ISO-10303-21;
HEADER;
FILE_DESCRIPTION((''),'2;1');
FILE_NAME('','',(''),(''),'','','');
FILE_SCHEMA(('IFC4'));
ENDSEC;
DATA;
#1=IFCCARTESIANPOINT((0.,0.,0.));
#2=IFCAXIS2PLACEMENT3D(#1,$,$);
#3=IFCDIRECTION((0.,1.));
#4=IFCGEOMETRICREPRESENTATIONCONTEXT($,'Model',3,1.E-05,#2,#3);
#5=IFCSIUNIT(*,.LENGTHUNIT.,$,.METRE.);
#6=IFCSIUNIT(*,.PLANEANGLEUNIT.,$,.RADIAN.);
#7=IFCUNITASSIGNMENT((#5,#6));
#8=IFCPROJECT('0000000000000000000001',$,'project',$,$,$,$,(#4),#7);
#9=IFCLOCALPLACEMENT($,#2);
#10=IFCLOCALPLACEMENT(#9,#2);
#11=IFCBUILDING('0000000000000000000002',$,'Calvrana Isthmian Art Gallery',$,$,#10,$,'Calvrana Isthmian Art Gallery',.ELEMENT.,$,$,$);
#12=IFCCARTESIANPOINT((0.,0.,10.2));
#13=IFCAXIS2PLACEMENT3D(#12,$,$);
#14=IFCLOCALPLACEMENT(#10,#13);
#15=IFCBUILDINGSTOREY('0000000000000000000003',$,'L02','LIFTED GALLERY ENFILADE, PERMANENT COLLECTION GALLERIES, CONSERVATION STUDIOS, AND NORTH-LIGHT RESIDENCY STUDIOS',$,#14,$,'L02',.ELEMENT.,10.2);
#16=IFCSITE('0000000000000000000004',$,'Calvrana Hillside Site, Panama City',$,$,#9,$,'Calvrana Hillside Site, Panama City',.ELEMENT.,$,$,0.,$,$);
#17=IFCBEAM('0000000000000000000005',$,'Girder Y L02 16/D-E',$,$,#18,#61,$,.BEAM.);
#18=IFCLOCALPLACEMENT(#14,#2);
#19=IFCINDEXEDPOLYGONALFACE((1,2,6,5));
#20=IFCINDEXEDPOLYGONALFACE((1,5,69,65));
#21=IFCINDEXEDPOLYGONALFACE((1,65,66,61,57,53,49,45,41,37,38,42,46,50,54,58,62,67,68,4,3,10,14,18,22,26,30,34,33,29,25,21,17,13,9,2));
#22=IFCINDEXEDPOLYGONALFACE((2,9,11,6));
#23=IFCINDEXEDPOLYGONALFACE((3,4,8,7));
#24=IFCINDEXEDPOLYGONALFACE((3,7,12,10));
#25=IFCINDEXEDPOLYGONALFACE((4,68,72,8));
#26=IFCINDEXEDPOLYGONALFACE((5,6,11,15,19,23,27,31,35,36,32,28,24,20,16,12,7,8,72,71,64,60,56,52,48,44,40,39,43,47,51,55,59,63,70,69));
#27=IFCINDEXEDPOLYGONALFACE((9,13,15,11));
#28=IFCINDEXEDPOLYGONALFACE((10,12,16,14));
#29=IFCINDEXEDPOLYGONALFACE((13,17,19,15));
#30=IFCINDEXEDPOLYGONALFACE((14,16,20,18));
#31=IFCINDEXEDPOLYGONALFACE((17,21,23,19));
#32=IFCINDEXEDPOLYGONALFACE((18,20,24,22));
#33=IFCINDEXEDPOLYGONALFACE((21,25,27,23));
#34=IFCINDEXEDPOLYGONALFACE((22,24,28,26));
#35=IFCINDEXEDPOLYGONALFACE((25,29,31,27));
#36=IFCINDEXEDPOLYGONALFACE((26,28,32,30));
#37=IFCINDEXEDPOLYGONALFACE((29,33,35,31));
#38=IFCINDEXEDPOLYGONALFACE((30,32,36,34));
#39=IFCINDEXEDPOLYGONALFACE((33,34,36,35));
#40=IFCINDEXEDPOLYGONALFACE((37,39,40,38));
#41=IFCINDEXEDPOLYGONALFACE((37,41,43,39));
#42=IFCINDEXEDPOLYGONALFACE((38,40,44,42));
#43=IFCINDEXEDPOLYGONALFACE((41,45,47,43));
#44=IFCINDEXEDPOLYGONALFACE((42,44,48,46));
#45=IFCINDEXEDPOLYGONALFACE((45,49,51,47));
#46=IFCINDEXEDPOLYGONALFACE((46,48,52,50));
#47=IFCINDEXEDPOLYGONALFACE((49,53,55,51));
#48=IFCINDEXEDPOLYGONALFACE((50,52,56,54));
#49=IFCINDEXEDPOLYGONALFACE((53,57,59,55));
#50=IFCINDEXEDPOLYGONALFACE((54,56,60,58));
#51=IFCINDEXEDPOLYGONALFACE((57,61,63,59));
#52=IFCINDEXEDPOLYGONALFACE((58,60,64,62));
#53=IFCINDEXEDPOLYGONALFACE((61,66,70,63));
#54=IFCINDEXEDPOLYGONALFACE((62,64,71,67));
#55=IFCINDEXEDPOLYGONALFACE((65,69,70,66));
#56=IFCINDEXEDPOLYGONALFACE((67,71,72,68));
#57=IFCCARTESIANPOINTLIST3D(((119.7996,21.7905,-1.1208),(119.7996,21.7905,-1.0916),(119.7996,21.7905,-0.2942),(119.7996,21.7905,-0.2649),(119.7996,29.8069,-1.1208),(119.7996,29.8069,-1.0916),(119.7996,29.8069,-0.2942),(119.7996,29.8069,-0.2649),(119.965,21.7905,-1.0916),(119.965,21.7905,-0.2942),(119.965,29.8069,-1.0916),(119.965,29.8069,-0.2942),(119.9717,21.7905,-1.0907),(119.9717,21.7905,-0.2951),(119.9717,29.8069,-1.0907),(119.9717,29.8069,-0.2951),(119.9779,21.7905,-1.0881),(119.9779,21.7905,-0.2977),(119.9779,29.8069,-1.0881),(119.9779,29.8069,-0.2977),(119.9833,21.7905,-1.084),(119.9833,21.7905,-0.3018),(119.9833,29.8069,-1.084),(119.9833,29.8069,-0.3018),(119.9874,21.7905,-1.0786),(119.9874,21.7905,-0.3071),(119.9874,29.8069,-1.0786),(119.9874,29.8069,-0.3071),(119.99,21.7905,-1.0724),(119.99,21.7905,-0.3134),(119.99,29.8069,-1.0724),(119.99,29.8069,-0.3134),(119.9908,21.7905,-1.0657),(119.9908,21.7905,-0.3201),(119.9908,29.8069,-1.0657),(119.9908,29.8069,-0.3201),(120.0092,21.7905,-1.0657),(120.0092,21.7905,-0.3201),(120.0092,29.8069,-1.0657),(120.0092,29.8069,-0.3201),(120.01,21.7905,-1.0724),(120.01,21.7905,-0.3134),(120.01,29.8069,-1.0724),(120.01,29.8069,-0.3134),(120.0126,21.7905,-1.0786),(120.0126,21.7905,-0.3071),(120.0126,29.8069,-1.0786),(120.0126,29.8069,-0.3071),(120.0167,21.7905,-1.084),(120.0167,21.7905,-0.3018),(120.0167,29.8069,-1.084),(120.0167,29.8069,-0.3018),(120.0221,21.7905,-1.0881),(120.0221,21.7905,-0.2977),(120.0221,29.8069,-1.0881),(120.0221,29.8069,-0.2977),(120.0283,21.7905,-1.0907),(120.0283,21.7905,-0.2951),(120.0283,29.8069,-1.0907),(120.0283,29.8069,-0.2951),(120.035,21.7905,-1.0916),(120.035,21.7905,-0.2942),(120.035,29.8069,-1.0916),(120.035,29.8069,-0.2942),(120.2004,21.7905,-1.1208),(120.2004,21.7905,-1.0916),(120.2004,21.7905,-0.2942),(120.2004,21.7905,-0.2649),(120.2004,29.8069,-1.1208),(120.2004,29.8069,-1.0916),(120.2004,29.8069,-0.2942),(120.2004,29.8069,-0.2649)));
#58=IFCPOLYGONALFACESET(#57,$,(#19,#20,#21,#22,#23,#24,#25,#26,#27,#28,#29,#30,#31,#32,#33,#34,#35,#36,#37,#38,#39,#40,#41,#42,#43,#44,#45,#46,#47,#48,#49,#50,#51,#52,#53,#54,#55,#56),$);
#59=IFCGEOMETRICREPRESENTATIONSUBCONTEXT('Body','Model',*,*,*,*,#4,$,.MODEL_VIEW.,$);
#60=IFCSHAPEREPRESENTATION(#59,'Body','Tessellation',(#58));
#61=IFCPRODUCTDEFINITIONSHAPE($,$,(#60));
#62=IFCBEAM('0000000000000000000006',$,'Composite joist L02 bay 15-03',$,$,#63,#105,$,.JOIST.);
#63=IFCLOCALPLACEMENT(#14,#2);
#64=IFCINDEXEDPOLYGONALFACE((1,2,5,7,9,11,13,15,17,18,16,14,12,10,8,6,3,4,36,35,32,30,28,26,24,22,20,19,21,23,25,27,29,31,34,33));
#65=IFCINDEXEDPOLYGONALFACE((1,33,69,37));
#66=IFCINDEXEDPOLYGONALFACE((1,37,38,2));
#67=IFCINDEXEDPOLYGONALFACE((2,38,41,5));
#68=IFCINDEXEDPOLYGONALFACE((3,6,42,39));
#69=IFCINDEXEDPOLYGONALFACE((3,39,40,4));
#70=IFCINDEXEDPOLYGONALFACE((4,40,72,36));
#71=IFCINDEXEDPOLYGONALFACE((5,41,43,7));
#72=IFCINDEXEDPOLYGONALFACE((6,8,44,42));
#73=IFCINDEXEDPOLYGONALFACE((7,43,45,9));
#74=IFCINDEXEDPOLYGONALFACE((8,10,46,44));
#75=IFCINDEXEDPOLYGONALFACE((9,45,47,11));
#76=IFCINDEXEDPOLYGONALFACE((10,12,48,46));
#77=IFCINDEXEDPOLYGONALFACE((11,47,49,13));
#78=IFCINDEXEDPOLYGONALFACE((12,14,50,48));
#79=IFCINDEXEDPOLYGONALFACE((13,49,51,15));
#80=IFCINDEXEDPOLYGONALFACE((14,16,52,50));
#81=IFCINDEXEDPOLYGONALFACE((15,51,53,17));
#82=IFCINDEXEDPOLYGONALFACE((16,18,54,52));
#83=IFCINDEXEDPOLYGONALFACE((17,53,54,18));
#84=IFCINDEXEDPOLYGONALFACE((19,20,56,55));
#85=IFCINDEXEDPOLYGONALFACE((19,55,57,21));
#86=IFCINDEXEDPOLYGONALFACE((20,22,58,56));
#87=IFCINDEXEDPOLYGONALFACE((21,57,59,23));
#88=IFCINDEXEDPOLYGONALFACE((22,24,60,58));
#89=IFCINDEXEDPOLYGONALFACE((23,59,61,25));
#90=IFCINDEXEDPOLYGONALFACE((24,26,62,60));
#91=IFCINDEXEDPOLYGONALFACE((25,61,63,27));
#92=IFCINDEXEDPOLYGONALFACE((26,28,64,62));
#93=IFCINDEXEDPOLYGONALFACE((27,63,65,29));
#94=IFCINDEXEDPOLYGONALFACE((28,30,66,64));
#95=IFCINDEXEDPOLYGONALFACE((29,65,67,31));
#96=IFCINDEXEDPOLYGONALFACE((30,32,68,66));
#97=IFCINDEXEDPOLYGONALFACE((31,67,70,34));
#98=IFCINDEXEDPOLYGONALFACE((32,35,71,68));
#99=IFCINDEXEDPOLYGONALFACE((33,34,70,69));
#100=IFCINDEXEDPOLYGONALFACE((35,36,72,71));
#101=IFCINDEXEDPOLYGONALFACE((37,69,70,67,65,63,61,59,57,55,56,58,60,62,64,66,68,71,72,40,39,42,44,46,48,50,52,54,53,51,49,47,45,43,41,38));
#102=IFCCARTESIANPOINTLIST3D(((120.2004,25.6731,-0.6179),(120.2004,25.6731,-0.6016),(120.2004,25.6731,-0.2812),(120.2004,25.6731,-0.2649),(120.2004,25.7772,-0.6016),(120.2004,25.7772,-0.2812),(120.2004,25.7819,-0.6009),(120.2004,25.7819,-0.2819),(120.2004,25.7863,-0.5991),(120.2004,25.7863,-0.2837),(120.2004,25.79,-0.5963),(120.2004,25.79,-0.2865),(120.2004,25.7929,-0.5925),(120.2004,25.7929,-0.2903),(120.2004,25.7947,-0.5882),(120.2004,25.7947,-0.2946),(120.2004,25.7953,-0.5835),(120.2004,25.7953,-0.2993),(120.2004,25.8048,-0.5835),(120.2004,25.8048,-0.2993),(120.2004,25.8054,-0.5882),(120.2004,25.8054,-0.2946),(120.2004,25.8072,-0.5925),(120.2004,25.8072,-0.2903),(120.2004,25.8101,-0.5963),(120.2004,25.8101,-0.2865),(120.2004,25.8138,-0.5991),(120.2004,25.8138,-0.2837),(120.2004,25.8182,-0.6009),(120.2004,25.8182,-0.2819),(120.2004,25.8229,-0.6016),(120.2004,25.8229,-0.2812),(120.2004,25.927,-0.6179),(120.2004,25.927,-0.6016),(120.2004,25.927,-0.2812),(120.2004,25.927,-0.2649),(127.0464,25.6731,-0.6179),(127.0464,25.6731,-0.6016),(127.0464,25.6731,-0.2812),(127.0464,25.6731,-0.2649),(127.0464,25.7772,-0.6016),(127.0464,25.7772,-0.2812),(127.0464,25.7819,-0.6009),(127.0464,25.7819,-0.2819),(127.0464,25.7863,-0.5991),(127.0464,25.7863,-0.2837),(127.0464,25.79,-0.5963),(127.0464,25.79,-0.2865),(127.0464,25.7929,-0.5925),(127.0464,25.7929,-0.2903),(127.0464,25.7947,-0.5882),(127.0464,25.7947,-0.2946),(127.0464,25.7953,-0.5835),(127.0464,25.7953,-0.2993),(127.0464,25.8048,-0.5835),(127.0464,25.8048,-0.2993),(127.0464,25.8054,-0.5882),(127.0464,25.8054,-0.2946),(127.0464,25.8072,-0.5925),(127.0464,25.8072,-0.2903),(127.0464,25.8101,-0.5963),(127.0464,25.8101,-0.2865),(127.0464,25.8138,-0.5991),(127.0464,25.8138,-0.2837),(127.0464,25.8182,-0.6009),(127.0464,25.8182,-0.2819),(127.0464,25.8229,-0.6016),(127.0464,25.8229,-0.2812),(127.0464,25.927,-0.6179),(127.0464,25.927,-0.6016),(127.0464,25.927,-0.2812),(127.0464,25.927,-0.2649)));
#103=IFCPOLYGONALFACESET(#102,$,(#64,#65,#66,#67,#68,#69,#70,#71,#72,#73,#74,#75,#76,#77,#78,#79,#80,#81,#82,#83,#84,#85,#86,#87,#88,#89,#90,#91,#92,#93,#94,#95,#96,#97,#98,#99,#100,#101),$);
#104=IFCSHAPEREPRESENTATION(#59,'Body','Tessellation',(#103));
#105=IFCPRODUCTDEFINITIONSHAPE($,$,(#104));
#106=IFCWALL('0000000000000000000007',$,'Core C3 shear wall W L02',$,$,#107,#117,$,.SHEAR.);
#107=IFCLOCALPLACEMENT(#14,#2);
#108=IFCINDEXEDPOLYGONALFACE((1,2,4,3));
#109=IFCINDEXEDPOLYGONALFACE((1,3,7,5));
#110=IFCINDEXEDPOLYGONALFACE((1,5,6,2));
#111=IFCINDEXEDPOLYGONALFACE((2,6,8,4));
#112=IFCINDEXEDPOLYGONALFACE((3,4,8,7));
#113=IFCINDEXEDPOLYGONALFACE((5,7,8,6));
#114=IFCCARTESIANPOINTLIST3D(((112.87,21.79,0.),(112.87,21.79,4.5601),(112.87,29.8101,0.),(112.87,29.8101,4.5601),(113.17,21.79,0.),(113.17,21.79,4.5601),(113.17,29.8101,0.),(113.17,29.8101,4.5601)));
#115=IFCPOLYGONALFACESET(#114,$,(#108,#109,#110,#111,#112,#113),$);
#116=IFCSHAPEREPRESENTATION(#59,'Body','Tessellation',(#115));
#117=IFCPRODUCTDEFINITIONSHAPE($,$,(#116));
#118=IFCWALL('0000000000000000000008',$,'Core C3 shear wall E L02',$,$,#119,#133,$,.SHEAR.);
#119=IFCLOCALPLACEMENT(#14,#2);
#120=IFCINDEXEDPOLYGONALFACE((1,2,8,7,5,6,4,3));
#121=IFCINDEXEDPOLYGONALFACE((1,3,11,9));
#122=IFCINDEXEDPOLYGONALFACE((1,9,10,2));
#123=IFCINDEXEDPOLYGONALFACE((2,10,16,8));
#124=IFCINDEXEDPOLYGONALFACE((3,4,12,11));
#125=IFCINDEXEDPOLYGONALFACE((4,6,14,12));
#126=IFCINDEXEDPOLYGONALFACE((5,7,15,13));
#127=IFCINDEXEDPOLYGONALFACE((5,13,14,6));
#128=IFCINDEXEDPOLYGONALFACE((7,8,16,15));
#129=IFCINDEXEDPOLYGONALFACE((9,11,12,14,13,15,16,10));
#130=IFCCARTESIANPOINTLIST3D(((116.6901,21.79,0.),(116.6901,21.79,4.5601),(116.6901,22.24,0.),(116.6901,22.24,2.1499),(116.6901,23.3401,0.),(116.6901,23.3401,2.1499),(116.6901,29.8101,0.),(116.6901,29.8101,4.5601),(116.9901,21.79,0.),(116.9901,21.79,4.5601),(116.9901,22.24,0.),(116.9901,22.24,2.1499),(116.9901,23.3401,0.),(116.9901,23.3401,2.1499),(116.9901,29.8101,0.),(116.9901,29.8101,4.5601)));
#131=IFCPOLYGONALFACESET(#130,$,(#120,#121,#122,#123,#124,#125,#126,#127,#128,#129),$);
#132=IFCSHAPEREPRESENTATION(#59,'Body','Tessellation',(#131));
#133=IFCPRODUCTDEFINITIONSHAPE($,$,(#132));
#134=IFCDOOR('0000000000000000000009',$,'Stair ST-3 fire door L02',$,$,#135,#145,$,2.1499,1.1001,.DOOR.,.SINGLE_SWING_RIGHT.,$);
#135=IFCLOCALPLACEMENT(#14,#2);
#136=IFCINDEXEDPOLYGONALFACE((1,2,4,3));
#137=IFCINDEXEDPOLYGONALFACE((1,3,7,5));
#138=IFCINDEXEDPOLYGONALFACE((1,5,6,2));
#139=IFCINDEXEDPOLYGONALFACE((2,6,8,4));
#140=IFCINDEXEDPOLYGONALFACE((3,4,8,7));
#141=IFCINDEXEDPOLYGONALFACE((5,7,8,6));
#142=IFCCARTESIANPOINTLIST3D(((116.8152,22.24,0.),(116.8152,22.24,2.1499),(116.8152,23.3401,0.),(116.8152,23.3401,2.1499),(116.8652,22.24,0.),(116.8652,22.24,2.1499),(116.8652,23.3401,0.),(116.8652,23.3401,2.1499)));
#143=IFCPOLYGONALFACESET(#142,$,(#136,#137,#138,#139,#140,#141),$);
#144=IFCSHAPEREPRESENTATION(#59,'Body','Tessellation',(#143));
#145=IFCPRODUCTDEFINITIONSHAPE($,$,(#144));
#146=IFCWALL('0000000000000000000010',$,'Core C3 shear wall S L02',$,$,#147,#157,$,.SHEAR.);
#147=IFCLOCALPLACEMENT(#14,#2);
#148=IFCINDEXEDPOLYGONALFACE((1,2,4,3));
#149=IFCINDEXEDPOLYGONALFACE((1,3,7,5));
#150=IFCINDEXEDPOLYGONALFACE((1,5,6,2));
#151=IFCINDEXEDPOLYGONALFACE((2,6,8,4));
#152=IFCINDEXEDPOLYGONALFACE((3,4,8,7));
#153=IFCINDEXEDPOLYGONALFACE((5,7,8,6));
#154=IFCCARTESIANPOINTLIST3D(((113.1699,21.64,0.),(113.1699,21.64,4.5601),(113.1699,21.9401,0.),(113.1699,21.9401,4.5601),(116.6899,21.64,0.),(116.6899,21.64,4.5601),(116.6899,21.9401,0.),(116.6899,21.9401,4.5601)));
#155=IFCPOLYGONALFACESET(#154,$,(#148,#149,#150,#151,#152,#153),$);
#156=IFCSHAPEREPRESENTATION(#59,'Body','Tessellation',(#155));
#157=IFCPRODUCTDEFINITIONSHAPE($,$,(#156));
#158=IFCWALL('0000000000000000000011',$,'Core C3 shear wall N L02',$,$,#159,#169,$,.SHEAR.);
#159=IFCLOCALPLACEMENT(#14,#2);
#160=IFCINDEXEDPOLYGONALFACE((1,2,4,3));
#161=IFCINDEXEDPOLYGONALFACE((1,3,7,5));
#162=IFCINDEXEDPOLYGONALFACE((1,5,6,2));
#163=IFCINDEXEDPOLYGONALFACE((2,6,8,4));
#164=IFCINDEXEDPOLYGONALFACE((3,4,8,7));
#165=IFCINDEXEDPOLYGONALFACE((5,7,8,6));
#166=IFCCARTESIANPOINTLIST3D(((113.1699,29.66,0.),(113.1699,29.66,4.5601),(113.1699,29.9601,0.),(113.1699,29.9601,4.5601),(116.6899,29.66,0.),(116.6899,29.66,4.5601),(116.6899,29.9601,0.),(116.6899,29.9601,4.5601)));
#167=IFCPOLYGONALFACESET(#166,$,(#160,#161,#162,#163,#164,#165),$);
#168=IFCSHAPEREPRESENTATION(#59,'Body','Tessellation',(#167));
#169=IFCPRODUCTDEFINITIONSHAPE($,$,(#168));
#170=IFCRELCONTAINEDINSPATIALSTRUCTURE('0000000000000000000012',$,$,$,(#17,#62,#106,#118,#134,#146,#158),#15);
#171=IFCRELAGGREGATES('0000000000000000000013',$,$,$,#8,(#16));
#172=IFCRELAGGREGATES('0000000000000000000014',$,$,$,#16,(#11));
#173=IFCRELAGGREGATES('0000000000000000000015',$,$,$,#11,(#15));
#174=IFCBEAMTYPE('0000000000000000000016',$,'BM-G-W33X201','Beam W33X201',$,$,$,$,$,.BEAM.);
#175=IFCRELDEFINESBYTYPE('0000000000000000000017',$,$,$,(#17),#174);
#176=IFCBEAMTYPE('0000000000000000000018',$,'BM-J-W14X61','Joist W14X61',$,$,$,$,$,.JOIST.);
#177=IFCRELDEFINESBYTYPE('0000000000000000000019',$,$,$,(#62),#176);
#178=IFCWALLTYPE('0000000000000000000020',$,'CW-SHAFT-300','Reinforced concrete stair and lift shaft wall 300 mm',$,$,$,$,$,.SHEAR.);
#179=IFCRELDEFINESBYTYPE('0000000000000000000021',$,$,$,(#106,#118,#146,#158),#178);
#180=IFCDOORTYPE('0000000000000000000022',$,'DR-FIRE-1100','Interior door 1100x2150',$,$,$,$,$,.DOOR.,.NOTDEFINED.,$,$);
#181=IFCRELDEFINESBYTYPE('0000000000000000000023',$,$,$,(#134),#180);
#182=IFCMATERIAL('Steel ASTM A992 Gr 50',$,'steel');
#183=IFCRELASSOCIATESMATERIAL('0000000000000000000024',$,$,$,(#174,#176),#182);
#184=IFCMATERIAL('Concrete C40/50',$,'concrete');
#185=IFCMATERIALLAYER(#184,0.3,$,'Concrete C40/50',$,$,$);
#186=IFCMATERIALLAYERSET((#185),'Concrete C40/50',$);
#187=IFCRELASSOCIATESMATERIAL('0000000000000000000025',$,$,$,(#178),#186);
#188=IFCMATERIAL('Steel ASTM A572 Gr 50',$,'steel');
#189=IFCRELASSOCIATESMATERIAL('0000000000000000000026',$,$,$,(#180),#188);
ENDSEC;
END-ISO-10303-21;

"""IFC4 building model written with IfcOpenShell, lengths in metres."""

from ifc_helpers import new_model, si_unit, direction, frame, frame_2d, origin, origin_2d, place, context, subcontext, project, spatial, rectangle, i_section, extrude, material, layer, layer_set, material_profile, profile_set, type_object, element, fill, save


model = new_model("IFC4")

# Units and contexts
model_context = context("Model", 3, precision=1e-05, world=origin(), true_north=direction((0.0, 1.0)))
body_context = subcontext(model_context, "Body", "Model", "MODEL_VIEW")
ifc_project = project(units=[si_unit("LENGTHUNIT", "METRE"), si_unit("PLANEANGLEUNIT", "RADIAN")], contexts=[model_context])

# Site, building, storey
site_placement = place(None, origin())
site = spatial("IfcSite", under=ifc_project, at=site_placement, Name="Calvrana Hillside Site, Panama City", LongName="Calvrana Hillside Site, Panama City", CompositionType="ELEMENT", RefElevation=0.0)
building_placement = place(site_placement, origin())
building = spatial("IfcBuilding", under=site, at=building_placement, Name="Calvrana Isthmian Art Gallery", LongName="Calvrana Isthmian Art Gallery", CompositionType="ELEMENT")
storey_placement = place(building_placement, frame((0.0, 0.0, 10.2)))
storey = spatial("IfcBuildingStorey", under=building, at=storey_placement, Name="L02", Description="LIFTED GALLERY ENFILADE, PERMANENT COLLECTION GALLERIES, CONSERVATION STUDIOS, AND NORTH-LIGHT RESIDENCY STUDIOS", LongName="L02", CompositionType="ELEMENT", Elevation=10.2)

# Shared definitions
ifc_material_1 = material(Name="Steel ASTM A992 Gr 50", Category="steel")

# Beams
ifc_material_profile_1 = material_profile(ifc_material_1, i_section(OverallWidth=0.4009, OverallDepth=0.856, WebThickness=0.0183, FlangeThickness=0.0293, FilletRadius=0.0259, at=origin_2d()), Name="W33X201")
ifc_profile_set_1 = profile_set([ifc_material_profile_1], Name="Steel ASTM A992 Gr 50")
beam_type_1 = type_object("IfcBeamType", Name="BM-G-W33X201", Description="Beam W33X201", PredefinedType="BEAM", material=ifc_profile_set_1)
beam_1_placement = place(storey_placement, frame((120.0, 21.7905, -0.6929), z_axis=(0.0, 1.0, 0.0), x_axis=(-1.0, 0.0, 0.0)))
element("IfcBeam", 1, at=beam_1_placement, inside=storey, type_object=beam_type_1, Name="Girder Y L02 16/D-E", PredefinedType="BEAM", context=body_context, shape_type="SweptSolid", body=[
    extrude(i_section(OverallWidth=0.4009, OverallDepth=0.856, WebThickness=0.0183, FlangeThickness=0.0293, FilletRadius=0.0259, at=origin_2d()), origin(), (0.0, 0.0, 1.0), 8.0164),
])
ifc_material_profile_2 = material_profile(ifc_material_1, i_section(OverallWidth=0.2539, OverallDepth=0.353, WebThickness=0.0095, FlangeThickness=0.0164, FilletRadius=0.0181, at=origin_2d()), Name="W14X61")
ifc_profile_set_2 = profile_set([ifc_material_profile_2], Name="Steel ASTM A992 Gr 50")
beam_type_2 = type_object("IfcBeamType", Name="BM-J-W14X61", Description="Joist W14X61", PredefinedType="JOIST", material=ifc_profile_set_2)
beam_2_placement = place(storey_placement, frame((120.2004, 25.8, -0.4414), z_axis=(1.0, 0.0, 0.0), x_axis=(0.0, 1.0, 0.0)))
element("IfcBeam", 2, at=beam_2_placement, inside=storey, type_object=beam_type_2, Name="Composite joist L02 bay 15-03", PredefinedType="JOIST", context=body_context, shape_type="SweptSolid", body=[
    extrude(i_section(OverallWidth=0.2539, OverallDepth=0.353, WebThickness=0.0095, FlangeThickness=0.0164, FilletRadius=0.0181, at=origin_2d()), origin(), (0.0, 0.0, 1.0), 6.8459),
])

# Wall
ifc_material_2 = material(Name="Concrete C40/50", Category="concrete")
ifc_layer_1 = layer(ifc_material_2, 0.3, Name="Concrete C40/50")
ifc_layer_set_1 = layer_set([ifc_layer_1], Name="Concrete C40/50")
wall_type_1 = type_object("IfcWallType", Name="CW-SHAFT-300", Description="Reinforced concrete stair and lift shaft wall 300 mm", PredefinedType="SHEAR", material=ifc_layer_set_1)
wall_1_placement = place(storey_placement, frame((113.02, 21.79, 0.0), z_axis=(0.0, 0.0, 1.0), x_axis=(0.0, 1.0, 0.0)))
element("IfcWall", 3, at=wall_1_placement, inside=storey, type_object=wall_type_1, Name="Core C3 shear wall W L02", PredefinedType="SHEAR", context=body_context, shape_type="SweptSolid", body=[
    extrude(rectangle(XDim=8.02, YDim=0.3, at=frame_2d((4.01, 0.0))), origin(), (0.0, 0.0, 1.0), 4.5601),
])

# Wall, opening, door
wall_2_placement = place(storey_placement, frame((116.8401, 21.79, 0.0), z_axis=(0.0, 0.0, 1.0), x_axis=(0.0, 1.0, 0.0)))
wall_2 = element("IfcWall", 4, at=wall_2_placement, inside=storey, type_object=wall_type_1, Name="Core C3 shear wall E L02", PredefinedType="SHEAR", context=body_context, shape_type="SweptSolid", body=[
    extrude(rectangle(XDim=8.02, YDim=0.3, at=frame_2d((4.01, 0.0))), origin(), (0.0, 0.0, 1.0), 4.5601),
])
opening_1_placement = place(wall_2_placement, frame((0.45, 0.0, 0.0)))
opening_1 = element("IfcOpeningElement", 5, at=opening_1_placement, cuts=wall_2, PredefinedType="OPENING", context=body_context, shape_type="SweptSolid", body=[
    extrude(rectangle(XDim=1.1001, YDim=2.1499, at=frame_2d((0.55, 1.075))), frame((0.0, 0.1602, 0.0), z_axis=(0.0, -1.0, 0.0), x_axis=(1.0, 0.0, 0.0)), (0.0, 0.0, 1.0), 0.3206),
])
ifc_material_3 = material(Name="Steel ASTM A572 Gr 50", Category="steel")
door_type_1 = type_object("IfcDoorType", Name="DR-FIRE-1100", Description="Interior door 1100x2150", OperationType="NOTDEFINED", PredefinedType="DOOR", material=ifc_material_3)
door_1_placement = place(opening_1_placement, origin())
door_1 = element("IfcDoor", 6, at=door_1_placement, inside=storey, type_object=door_type_1, Name="Stair ST-3 fire door L02", OperationType="SINGLE_SWING_RIGHT", OverallHeight=2.1499, OverallWidth=1.1001, PredefinedType="DOOR", context=body_context, shape_type="SweptSolid", body=[
    extrude(rectangle(XDim=1.1001, YDim=2.1499, at=frame_2d((0.55, 1.075))), frame((0.0, 0.0249, 0.0), z_axis=(0.0, -1.0, 0.0), x_axis=(1.0, 0.0, 0.0)), (0.0, 0.0, 1.0), 0.05),
])
fill(opening_1, door_1)

# Walls
for number, where, z_axis, x_axis, name in (
    (7, (113.1699, 21.79, 0.0), (0.0, 0.0, 1.0), (1.0, 0.0, 0.0), "Core C3 shear wall S L02"),
    (8, (113.1699, 29.8101, 0.0), (0.0, 0.0, 1.0), (1.0, 0.0, 0.0), "Core C3 shear wall N L02"),
):
    element("IfcWall", number, at=place(storey_placement, frame(where, z_axis=z_axis, x_axis=x_axis)), inside=storey, type_object=wall_type_1, Name=name, PredefinedType="SHEAR", context=body_context, shape_type="SweptSolid", body=[
        extrude(rectangle(XDim=3.52, YDim=0.3, at=frame_2d((1.76, 0.0))), origin(), (0.0, 0.0, 1.0), 4.5601),
    ])

save(model, "model.ifc")
